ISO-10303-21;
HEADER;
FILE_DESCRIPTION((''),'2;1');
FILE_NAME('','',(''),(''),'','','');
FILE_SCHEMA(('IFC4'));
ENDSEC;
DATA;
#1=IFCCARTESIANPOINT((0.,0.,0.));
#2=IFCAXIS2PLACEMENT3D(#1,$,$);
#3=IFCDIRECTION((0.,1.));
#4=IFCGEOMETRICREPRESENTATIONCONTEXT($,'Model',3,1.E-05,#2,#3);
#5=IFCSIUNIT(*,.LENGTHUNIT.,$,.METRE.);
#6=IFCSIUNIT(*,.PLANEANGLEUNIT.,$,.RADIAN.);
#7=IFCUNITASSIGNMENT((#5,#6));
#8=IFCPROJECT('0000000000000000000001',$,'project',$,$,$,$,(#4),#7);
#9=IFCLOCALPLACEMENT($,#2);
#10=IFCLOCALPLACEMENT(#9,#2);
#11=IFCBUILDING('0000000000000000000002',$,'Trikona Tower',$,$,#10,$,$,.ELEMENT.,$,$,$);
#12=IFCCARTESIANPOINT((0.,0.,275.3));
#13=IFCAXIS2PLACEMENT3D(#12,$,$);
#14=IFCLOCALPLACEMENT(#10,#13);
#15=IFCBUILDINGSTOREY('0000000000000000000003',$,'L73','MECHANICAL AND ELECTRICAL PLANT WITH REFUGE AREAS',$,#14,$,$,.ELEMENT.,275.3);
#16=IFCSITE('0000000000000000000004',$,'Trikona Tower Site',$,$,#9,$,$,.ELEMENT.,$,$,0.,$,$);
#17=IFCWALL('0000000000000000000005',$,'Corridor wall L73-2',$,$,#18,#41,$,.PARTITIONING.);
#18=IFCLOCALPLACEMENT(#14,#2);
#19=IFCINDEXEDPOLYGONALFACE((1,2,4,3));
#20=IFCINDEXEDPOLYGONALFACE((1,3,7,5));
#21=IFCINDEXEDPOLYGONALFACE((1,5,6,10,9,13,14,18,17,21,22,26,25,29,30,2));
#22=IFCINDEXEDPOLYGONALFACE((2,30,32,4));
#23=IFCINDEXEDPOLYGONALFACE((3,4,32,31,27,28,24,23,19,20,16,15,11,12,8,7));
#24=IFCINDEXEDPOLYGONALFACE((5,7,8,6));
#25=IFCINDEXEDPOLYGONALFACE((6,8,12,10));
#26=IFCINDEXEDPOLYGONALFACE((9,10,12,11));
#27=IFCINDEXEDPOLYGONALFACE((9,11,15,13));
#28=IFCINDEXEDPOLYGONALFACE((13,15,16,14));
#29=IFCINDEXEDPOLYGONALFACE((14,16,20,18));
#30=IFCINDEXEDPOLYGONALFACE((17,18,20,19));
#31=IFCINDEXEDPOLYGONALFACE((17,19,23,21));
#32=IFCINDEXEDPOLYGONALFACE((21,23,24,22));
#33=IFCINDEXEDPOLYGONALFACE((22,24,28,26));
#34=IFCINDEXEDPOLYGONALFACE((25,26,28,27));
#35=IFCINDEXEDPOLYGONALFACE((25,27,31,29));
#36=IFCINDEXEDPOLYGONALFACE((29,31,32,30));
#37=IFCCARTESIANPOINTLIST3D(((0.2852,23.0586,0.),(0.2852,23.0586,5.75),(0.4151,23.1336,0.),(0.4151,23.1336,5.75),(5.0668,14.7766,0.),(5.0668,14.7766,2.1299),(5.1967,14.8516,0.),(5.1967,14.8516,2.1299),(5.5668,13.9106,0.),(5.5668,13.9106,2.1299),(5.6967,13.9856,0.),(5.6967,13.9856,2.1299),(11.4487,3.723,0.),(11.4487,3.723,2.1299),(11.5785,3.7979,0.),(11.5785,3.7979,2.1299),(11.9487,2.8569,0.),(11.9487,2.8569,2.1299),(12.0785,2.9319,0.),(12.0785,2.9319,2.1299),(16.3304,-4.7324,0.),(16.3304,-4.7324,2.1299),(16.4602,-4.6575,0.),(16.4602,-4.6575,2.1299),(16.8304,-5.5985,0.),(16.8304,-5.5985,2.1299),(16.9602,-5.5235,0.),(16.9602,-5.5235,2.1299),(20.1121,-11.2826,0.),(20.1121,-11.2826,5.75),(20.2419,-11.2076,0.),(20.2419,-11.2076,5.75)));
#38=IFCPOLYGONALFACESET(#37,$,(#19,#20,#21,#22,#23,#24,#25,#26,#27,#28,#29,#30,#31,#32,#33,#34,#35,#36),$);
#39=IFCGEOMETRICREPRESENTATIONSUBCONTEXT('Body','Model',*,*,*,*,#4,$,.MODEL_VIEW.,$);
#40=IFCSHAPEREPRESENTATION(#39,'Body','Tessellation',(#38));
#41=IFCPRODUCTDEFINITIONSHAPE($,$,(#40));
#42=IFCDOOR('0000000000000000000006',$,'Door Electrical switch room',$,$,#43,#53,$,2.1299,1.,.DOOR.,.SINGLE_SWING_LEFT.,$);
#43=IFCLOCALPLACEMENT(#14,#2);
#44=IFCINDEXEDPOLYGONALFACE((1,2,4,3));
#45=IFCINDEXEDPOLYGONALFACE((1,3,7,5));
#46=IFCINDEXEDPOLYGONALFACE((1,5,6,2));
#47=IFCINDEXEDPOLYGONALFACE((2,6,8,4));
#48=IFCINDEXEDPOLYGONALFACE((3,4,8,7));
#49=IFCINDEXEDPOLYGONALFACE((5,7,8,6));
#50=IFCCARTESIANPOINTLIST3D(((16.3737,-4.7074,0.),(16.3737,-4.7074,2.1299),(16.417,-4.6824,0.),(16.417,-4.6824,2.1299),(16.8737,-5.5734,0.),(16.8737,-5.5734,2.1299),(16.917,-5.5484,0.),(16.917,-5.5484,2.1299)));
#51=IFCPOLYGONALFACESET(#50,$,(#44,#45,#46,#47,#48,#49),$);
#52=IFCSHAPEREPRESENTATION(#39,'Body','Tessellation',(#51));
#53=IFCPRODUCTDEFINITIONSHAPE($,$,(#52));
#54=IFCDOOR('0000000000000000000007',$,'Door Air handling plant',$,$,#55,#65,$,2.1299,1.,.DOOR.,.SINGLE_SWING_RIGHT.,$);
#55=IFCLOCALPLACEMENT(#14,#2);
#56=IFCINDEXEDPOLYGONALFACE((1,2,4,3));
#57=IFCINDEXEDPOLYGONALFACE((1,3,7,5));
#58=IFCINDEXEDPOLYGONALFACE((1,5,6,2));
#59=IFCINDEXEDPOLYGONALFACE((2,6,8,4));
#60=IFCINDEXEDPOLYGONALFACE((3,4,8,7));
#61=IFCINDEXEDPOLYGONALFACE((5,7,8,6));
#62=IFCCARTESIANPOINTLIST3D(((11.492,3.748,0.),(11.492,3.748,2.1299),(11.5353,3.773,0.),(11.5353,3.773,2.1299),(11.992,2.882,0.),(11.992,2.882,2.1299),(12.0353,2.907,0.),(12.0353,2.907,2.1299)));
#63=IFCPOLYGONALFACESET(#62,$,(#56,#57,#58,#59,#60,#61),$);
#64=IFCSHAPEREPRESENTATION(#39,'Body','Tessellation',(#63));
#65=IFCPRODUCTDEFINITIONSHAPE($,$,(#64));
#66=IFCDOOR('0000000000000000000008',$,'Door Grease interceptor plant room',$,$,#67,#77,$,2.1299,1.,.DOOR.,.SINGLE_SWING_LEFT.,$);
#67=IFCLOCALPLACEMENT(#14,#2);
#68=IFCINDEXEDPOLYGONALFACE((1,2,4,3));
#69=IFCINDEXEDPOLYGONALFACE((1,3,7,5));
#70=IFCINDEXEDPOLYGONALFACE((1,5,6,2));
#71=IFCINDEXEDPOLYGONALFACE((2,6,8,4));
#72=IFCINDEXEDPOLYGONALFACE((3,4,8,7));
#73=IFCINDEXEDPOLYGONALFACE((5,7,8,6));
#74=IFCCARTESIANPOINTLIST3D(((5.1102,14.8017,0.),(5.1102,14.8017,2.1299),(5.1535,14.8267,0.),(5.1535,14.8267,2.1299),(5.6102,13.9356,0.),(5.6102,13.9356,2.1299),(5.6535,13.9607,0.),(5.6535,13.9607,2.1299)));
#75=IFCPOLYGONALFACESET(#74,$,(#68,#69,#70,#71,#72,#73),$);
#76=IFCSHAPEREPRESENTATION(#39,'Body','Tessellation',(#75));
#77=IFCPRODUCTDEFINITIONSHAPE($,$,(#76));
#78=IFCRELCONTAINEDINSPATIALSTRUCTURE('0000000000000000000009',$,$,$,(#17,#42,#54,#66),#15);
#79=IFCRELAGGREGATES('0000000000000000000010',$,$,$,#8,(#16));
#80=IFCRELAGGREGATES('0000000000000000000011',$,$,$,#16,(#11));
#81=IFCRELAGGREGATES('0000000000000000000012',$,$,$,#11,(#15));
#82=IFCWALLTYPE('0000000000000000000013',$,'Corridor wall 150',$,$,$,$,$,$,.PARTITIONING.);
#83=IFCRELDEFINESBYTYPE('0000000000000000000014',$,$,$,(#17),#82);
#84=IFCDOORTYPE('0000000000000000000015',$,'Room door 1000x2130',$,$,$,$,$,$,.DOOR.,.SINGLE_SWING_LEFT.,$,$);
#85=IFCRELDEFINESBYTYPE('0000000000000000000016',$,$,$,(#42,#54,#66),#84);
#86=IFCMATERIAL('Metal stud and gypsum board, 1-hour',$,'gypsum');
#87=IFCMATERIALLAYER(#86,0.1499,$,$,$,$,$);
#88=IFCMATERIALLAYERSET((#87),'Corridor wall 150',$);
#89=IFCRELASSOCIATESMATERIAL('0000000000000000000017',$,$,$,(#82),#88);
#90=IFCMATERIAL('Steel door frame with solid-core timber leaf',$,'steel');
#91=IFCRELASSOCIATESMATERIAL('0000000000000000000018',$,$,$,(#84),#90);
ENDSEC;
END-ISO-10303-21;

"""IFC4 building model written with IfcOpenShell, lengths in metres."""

from ifc_helpers import new_model, si_unit, direction, frame, frame_2d, origin, place, context, subcontext, project, spatial, rectangle, extrude, material, layer, layer_set, type_object, element, fill, save


model = new_model("IFC4")

# Units and contexts
model_context = context("Model", 3, precision=1e-05, world=origin(), true_north=direction((0.0, 1.0)))
body_context = subcontext(model_context, "Body", "Model", "MODEL_VIEW")
ifc_project = project(units=[si_unit("LENGTHUNIT", "METRE"), si_unit("PLANEANGLEUNIT", "RADIAN")], contexts=[model_context])

# Site, building, storey
site_placement = place(None, origin())
site = spatial("IfcSite", under=ifc_project, at=site_placement, Name="Trikona Tower Site", CompositionType="ELEMENT", RefElevation=0.0)
building_placement = place(site_placement, origin())
building = spatial("IfcBuilding", under=site, at=building_placement, Name="Trikona Tower", CompositionType="ELEMENT")
storey_placement = place(building_placement, frame((0.0, 0.0, 275.3)))
storey = spatial("IfcBuildingStorey", under=building, at=storey_placement, Name="L73", Description="MECHANICAL AND ELECTRICAL PLANT WITH REFUGE AREAS", CompositionType="ELEMENT", Elevation=275.3)

# Wall, openings, doors
ifc_material_1 = material(Name="Metal stud and gypsum board, 1-hour", Category="gypsum")
ifc_layer_1 = layer(ifc_material_1, 0.1499)
ifc_layer_set_1 = layer_set([ifc_layer_1], Name="Corridor wall 150")
wall_type_1 = type_object("IfcWallType", Name="Corridor wall 150", PredefinedType="PARTITIONING", material=ifc_layer_set_1)
wall_1_placement = place(storey_placement, frame((20.177, -11.2451, 0.0), z_axis=(0.0, 0.0, 1.0), x_axis=(-0.499999, 0.866026, 0.0)))
wall_1 = element("IfcWall", 1, at=wall_1_placement, inside=storey, type_object=wall_type_1, Name="Corridor wall L73-2", PredefinedType="PARTITIONING", context=body_context, shape_type="SweptSolid", body=[
    extrude(rectangle(XDim=39.6538, YDim=0.1499, at=frame_2d((19.8269, 0.0))), origin(), (0.0, 0.0, 1.0), 5.75),
])
opening_1_placement = place(wall_1_placement, frame((6.5635, 0.0, 0.0)))
opening_1 = element("IfcOpeningElement", 2, at=opening_1_placement, cuts=wall_1, PredefinedType="OPENING", context=body_context, shape_type="SweptSolid", body=[
    extrude(rectangle(XDim=1.0, YDim=2.1299, at=frame_2d((0.5, 1.0649))), frame((0.0, 0.085, 0.0), z_axis=(0.0, -1.0, 0.0), x_axis=(1.0, 0.0, 0.0)), (0.0, 0.0, 1.0), 0.1699),
])
opening_2_placement = place(wall_1_placement, frame((16.3269, 0.0, 0.0)))
opening_2 = element("IfcOpeningElement", 3, at=opening_2_placement, cuts=wall_1, PredefinedType="OPENING", context=body_context, shape_type="SweptSolid", body=[
    extrude(rectangle(XDim=1.0, YDim=2.1299, at=frame_2d((0.5, 1.0649))), frame((0.0, 0.085, 0.0), z_axis=(0.0, -1.0, 0.0), x_axis=(1.0, 0.0, 0.0)), (0.0, 0.0, 1.0), 0.1699),
])
opening_3_placement = place(wall_1_placement, frame((29.0906, 0.0, 0.0)))
opening_3 = element("IfcOpeningElement", 4, at=opening_3_placement, cuts=wall_1, PredefinedType="OPENING", context=body_context, shape_type="SweptSolid", body=[
    extrude(rectangle(XDim=1.0, YDim=2.1299, at=frame_2d((0.5, 1.0649))), frame((0.0, 0.085, 0.0), z_axis=(0.0, -1.0, 0.0), x_axis=(1.0, 0.0, 0.0)), (0.0, 0.0, 1.0), 0.1699),
])
ifc_material_2 = material(Name="Steel door frame with solid-core timber leaf", Category="steel")
door_type_1 = type_object("IfcDoorType", Name="Room door 1000x2130", OperationType="SINGLE_SWING_LEFT", PredefinedType="DOOR", material=ifc_material_2)
door_1_placement = place(opening_1_placement, origin())
door_1 = element("IfcDoor", 5, at=door_1_placement, inside=storey, type_object=door_type_1, Name="Door Electrical switch room", OperationType="SINGLE_SWING_LEFT", OverallHeight=2.1299, OverallWidth=1.0, PredefinedType="DOOR", context=body_context, shape_type="SweptSolid", body=[
    extrude(rectangle(XDim=1.0, YDim=2.1299, at=frame_2d((0.5, 1.0649))), frame((0.0, 0.0249, 0.0), z_axis=(0.0, -1.0, 0.0), x_axis=(1.0, 0.0, 0.0)), (0.0, 0.0, 1.0), 0.05),
])
fill(opening_1, door_1)
door_2_placement = place(opening_2_placement, origin())
door_2 = element("IfcDoor", 6, at=door_2_placement, inside=storey, type_object=door_type_1, Name="Door Air handling plant", OperationType="SINGLE_SWING_RIGHT", OverallHeight=2.1299, OverallWidth=1.0, PredefinedType="DOOR", context=body_context, shape_type="SweptSolid", body=[
    extrude(rectangle(XDim=1.0, YDim=2.1299, at=frame_2d((0.5, 1.0649))), frame((0.0, 0.0249, 0.0), z_axis=(0.0, -1.0, 0.0), x_axis=(1.0, 0.0, 0.0)), (0.0, 0.0, 1.0), 0.05),
])
fill(opening_2, door_2)
door_3_placement = place(opening_3_placement, origin())
door_3 = element("IfcDoor", 7, at=door_3_placement, inside=storey, type_object=door_type_1, Name="Door Grease interceptor plant room", OperationType="SINGLE_SWING_LEFT", OverallHeight=2.1299, OverallWidth=1.0, PredefinedType="DOOR", context=body_context, shape_type="SweptSolid", body=[
    extrude(rectangle(XDim=1.0, YDim=2.1299, at=frame_2d((0.5, 1.0649))), frame((0.0, 0.0249, 0.0), z_axis=(0.0, -1.0, 0.0), x_axis=(1.0, 0.0, 0.0)), (0.0, 0.0, 1.0), 0.05),
])
fill(opening_3, door_3)

save(model, "model.ifc")
